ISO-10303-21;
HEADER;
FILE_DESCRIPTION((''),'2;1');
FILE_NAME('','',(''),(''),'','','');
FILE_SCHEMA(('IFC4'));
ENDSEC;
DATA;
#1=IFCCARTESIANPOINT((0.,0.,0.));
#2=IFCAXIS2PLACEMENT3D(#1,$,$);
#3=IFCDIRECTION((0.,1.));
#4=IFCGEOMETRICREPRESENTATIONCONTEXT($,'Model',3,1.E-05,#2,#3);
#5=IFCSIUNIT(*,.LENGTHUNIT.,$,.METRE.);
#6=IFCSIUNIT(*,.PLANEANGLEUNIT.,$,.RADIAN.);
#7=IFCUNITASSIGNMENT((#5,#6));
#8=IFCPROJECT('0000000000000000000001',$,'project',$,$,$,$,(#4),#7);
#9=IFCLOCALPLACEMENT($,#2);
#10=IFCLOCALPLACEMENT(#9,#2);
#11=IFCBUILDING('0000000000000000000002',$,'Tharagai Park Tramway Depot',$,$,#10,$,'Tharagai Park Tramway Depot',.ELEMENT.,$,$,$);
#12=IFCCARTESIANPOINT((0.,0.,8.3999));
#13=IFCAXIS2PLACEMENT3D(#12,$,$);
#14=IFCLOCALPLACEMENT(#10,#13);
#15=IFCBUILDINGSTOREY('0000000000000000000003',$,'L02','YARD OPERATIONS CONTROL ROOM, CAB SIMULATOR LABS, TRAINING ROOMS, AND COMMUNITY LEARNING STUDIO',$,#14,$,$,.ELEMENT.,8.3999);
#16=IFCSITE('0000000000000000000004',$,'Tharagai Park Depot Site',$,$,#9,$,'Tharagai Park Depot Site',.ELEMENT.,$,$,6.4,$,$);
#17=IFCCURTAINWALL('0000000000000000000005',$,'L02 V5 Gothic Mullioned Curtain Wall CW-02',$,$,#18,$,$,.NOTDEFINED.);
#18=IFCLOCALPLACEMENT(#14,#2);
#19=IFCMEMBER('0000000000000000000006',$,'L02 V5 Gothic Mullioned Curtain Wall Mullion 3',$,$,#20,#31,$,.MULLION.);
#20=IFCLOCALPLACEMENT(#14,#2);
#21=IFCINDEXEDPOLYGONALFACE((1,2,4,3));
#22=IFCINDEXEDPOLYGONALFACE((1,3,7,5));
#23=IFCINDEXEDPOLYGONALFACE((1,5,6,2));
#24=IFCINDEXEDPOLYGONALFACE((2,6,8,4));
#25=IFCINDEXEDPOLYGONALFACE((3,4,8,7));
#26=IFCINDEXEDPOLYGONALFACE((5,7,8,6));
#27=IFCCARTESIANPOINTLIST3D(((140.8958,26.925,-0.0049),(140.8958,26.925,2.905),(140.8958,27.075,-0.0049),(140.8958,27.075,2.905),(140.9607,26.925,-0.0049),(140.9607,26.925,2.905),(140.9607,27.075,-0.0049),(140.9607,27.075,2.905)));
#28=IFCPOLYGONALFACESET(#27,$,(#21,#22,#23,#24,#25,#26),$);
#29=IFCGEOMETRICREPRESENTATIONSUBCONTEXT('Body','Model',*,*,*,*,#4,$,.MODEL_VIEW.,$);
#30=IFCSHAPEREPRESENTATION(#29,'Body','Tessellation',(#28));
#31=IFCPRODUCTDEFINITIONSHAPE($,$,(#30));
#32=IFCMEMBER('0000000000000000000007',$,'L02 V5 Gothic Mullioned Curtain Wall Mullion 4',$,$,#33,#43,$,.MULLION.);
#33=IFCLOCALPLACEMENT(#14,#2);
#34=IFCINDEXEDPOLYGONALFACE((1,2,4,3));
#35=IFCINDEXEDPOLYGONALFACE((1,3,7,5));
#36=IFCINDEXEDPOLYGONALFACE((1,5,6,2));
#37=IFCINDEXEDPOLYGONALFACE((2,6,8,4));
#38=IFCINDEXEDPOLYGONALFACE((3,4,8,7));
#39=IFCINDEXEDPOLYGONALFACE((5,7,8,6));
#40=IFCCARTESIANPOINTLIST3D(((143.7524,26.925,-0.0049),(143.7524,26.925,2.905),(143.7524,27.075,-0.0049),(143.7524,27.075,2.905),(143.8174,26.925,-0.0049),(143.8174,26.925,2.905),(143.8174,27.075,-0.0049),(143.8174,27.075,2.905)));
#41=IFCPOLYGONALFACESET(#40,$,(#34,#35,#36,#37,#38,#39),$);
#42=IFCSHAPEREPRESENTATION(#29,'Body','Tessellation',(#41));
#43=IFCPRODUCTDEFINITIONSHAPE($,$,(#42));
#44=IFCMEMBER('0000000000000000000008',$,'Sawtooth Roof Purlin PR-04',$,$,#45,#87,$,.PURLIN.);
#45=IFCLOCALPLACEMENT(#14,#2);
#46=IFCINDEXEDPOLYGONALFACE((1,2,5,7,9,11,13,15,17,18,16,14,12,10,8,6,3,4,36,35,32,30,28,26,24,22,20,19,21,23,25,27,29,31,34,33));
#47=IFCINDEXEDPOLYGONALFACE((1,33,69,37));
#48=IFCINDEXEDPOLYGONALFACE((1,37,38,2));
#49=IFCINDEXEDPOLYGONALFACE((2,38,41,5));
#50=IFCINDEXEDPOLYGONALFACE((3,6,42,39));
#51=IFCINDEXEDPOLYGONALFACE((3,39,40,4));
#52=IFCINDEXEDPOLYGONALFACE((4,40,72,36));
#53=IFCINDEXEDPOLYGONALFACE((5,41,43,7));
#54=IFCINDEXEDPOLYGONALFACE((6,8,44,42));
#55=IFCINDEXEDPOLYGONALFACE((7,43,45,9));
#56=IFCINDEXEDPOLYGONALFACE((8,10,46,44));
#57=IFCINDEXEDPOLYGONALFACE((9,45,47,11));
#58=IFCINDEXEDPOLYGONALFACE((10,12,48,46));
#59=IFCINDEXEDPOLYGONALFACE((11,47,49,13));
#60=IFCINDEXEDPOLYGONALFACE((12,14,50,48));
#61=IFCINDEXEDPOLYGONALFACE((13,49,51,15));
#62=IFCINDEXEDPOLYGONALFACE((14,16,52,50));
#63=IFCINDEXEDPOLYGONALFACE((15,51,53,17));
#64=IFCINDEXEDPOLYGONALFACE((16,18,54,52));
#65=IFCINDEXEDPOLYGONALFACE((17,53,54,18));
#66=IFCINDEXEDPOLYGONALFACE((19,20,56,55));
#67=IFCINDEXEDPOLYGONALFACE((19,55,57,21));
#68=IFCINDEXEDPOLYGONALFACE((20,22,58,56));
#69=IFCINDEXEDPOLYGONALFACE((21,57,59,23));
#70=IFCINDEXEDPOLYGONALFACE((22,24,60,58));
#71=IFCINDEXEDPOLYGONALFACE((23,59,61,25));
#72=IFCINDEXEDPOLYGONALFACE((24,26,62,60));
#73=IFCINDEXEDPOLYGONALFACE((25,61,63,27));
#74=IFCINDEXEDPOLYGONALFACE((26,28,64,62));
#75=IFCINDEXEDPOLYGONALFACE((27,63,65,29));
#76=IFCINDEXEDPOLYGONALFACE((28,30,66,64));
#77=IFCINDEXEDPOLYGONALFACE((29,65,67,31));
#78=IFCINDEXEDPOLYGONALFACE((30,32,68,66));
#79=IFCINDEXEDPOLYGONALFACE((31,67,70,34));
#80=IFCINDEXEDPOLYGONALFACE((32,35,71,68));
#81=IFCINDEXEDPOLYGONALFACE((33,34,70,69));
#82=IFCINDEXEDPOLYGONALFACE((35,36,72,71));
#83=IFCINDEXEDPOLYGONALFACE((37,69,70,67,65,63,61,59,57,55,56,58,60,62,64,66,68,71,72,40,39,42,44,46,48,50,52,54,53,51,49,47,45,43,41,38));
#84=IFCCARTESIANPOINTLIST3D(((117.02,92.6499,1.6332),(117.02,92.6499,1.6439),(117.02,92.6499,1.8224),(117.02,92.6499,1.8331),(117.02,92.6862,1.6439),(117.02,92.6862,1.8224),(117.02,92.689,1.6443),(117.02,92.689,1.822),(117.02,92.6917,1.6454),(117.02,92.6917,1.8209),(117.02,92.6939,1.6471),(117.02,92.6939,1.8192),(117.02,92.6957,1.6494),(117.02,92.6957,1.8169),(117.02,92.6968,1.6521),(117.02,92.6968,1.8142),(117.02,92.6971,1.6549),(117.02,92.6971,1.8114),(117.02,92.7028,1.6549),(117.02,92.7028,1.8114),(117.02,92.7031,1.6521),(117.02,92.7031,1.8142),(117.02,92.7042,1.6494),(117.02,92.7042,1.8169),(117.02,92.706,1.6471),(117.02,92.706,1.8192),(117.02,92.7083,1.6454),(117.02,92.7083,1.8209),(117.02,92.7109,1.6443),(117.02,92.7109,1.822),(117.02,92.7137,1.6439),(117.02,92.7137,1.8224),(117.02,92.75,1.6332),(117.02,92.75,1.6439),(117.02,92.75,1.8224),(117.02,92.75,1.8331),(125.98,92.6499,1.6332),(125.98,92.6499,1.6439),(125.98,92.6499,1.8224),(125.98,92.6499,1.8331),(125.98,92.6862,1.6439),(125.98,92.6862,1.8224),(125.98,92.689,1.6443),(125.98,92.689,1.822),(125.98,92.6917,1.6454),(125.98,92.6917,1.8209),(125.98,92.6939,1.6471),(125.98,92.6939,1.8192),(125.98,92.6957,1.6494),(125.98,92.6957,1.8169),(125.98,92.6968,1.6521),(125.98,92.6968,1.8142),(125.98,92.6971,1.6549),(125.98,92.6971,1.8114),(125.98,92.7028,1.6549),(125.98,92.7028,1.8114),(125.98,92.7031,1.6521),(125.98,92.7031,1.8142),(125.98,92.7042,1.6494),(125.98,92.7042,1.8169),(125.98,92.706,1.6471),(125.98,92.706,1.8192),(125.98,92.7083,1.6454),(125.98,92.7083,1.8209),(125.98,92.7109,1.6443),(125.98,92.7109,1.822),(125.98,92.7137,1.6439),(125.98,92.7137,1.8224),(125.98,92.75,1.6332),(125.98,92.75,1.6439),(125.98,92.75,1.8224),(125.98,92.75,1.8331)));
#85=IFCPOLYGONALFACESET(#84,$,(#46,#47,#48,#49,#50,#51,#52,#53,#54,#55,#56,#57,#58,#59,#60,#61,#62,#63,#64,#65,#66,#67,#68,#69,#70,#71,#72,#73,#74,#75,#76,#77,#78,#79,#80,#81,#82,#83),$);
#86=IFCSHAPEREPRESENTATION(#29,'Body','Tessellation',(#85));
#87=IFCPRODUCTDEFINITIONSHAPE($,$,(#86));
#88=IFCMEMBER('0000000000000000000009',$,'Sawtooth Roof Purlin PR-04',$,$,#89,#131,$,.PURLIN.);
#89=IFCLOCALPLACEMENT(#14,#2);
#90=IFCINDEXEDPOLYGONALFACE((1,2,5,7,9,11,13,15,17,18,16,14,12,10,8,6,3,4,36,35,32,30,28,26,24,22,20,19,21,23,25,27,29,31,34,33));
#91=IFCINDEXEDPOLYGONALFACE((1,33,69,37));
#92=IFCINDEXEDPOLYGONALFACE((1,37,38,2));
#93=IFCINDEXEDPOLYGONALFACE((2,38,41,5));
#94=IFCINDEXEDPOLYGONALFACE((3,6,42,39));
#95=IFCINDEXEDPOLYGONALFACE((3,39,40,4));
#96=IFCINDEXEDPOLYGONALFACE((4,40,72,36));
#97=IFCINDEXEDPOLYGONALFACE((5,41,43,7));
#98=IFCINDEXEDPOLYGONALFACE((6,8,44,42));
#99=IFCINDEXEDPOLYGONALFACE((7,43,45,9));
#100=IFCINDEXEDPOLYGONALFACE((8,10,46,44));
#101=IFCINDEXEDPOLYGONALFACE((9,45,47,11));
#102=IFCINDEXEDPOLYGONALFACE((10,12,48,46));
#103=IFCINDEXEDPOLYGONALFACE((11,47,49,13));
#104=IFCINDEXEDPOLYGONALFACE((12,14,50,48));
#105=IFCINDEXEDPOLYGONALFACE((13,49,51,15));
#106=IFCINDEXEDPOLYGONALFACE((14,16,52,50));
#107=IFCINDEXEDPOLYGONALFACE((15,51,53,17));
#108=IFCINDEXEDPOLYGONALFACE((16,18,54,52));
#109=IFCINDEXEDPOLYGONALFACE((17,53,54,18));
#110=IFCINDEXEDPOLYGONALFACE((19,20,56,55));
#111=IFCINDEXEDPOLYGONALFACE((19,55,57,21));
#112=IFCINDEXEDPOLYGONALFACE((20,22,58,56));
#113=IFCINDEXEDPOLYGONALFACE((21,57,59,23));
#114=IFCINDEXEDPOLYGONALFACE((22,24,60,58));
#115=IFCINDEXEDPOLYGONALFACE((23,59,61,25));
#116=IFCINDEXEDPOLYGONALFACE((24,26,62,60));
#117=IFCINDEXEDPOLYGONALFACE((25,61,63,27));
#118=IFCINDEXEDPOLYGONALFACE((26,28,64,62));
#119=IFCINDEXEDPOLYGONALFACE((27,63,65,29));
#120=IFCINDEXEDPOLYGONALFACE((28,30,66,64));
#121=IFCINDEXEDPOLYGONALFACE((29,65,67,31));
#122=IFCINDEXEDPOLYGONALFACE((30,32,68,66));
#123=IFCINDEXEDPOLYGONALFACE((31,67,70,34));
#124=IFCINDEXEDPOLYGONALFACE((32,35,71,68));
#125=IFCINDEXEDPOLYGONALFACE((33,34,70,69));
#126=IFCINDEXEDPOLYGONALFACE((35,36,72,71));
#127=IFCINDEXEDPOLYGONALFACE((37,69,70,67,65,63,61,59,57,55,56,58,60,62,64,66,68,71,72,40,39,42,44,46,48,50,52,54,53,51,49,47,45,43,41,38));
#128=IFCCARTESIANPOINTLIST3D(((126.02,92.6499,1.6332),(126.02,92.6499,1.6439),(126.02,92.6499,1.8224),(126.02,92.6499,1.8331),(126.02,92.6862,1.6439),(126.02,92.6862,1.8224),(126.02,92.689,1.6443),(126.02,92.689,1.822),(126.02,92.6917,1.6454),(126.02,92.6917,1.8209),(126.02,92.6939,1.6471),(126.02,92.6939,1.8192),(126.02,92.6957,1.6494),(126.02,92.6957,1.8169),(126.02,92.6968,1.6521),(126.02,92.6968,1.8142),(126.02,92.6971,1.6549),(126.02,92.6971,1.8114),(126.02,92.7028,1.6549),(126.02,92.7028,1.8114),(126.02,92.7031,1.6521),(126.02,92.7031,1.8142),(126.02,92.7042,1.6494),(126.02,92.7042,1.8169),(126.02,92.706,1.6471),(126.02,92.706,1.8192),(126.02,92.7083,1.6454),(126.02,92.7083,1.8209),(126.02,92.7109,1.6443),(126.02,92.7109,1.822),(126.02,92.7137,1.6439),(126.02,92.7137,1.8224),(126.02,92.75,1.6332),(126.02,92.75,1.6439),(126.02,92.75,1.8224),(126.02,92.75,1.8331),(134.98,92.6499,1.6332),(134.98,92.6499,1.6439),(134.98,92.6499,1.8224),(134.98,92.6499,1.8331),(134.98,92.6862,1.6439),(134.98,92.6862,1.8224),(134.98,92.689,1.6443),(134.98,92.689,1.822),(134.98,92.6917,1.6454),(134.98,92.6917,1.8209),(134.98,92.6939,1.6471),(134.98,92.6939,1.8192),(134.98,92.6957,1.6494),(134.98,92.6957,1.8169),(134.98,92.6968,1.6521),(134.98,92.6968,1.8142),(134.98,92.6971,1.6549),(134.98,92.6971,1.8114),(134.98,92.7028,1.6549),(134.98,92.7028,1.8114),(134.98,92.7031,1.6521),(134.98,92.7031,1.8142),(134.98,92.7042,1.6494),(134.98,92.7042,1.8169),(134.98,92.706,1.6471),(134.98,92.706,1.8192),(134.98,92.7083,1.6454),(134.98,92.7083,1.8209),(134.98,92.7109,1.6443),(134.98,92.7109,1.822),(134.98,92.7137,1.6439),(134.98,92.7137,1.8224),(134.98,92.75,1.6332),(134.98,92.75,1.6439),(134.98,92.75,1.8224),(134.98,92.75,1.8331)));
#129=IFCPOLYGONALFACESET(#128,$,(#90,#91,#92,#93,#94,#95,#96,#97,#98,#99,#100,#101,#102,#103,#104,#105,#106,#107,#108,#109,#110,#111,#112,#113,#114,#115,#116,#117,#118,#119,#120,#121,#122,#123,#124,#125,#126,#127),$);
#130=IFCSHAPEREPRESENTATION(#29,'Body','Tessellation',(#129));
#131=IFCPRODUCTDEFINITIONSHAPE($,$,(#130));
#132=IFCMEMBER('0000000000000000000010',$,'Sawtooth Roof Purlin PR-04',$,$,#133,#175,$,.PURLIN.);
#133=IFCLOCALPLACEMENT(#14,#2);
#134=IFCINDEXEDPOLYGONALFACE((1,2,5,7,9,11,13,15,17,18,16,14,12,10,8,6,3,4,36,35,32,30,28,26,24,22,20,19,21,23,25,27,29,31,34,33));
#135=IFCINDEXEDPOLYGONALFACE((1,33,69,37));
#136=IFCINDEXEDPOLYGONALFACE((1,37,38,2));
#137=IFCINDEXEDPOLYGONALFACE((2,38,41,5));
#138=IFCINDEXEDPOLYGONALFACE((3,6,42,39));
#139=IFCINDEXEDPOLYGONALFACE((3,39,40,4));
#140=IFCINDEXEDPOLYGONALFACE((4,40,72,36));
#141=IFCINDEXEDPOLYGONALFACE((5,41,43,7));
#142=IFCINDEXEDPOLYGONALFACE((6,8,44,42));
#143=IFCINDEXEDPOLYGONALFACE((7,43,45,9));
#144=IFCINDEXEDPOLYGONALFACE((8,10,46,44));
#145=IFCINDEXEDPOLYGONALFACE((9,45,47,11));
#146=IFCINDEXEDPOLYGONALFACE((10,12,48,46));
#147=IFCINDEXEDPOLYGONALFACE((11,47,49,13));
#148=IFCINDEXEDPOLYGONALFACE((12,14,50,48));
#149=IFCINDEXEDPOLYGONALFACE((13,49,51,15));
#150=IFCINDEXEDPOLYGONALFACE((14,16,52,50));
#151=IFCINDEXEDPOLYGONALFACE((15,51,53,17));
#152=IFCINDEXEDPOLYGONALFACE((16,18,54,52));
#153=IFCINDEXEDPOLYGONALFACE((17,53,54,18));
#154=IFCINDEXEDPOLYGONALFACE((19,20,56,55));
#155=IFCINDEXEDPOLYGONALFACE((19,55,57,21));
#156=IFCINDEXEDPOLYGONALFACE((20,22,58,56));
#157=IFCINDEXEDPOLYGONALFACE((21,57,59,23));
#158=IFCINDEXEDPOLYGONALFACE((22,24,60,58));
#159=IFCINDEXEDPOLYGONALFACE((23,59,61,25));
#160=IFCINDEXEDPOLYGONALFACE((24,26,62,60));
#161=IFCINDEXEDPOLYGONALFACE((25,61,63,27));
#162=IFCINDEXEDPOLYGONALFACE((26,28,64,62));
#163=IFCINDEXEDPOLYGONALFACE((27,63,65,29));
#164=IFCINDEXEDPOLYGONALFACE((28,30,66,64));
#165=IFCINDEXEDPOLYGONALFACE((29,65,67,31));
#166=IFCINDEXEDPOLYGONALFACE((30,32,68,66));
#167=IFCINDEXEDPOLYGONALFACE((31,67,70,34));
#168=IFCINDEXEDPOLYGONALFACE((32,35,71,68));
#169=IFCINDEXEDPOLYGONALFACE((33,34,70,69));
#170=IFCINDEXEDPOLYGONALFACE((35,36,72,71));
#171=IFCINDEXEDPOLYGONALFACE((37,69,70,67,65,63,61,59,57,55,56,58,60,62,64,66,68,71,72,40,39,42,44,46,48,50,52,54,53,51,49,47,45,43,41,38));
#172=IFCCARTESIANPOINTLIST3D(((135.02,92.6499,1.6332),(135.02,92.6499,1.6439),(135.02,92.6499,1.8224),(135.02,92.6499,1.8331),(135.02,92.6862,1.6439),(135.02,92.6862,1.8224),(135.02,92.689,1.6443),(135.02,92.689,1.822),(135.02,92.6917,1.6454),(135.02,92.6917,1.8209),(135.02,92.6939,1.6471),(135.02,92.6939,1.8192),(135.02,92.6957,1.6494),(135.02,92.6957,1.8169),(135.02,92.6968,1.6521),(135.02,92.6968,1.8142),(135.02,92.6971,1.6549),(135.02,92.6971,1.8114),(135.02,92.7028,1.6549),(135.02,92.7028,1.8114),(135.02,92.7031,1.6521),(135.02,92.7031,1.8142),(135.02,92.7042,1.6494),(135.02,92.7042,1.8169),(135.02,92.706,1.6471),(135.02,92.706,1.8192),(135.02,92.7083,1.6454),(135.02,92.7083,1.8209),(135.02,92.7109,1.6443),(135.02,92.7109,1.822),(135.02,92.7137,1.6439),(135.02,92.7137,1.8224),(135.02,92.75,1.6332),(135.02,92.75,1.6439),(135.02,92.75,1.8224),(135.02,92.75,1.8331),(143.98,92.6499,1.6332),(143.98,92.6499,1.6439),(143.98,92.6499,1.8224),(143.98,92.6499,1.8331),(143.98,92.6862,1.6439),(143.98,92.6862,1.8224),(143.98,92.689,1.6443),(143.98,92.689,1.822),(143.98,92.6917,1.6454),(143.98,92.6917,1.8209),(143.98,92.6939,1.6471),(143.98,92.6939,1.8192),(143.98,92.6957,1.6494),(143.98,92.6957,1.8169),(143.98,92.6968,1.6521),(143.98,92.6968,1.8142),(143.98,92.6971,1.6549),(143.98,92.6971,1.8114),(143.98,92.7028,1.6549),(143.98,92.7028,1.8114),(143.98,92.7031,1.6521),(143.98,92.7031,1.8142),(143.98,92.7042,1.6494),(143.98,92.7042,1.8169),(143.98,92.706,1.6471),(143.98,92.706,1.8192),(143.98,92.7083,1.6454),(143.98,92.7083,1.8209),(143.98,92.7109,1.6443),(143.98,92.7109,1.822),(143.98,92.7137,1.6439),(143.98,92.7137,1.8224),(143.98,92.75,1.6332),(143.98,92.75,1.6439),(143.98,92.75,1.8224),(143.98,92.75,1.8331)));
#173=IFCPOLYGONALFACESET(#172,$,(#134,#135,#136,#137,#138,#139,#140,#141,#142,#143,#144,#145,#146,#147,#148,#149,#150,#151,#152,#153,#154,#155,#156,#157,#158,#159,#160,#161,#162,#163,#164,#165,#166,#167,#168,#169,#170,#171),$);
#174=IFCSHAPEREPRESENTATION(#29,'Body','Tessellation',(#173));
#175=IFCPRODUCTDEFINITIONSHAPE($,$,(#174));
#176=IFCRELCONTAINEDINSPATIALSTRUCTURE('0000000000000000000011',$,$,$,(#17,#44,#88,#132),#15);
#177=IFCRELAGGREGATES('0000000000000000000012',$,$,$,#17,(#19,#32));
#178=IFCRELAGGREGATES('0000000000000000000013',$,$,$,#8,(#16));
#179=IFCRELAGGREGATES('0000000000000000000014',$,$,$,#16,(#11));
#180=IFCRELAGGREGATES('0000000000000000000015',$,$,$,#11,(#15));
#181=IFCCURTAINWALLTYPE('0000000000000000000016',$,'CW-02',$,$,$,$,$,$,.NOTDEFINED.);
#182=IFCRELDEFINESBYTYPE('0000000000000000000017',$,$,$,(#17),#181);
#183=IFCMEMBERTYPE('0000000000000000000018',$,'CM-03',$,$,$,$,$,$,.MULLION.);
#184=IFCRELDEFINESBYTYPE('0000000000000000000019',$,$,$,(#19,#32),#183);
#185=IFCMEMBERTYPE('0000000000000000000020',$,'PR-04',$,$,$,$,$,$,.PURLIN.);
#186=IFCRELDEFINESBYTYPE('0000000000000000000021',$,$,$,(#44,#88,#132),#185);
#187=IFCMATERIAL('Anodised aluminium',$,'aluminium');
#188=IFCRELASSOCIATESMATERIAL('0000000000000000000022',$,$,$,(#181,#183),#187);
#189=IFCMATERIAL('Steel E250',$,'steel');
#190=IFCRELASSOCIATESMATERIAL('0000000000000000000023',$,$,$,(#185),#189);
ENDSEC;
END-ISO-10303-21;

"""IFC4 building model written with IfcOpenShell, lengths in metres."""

from ifc_helpers import new_model, si_unit, direction, frame, origin, origin_2d, place, context, subcontext, project, spatial, rectangle, i_section, extrude, material, material_profile, profile_set, type_object, element, aggregate, save


model = new_model("IFC4")

# Units and contexts
model_context = context("Model", 3, precision=1e-05, world=origin(), true_north=direction((0.0, 1.0)))
body_context = subcontext(model_context, "Body", "Model", "MODEL_VIEW")
ifc_project = project(units=[si_unit("LENGTHUNIT", "METRE"), si_unit("PLANEANGLEUNIT", "RADIAN")], contexts=[model_context])

# Site, building, storey
site_placement = place(None, origin())
site = spatial("IfcSite", under=ifc_project, at=site_placement, Name="Tharagai Park Depot Site", LongName="Tharagai Park Depot Site", CompositionType="ELEMENT", RefElevation=6.4)
building_placement = place(site_placement, origin())
building = spatial("IfcBuilding", under=site, at=building_placement, Name="Tharagai Park Tramway Depot", LongName="Tharagai Park Tramway Depot", CompositionType="ELEMENT")
storey_placement = place(building_placement, frame((0.0, 0.0, 8.3999)))
storey = spatial("IfcBuildingStorey", under=building, at=storey_placement, Name="L02", Description="YARD OPERATIONS CONTROL ROOM, CAB SIMULATOR LABS, TRAINING ROOMS, AND COMMUNITY LEARNING STUDIO", CompositionType="ELEMENT", Elevation=8.3999)

# Curtain wall, members
ifc_material_1 = material(Name="Anodised aluminium", Category="aluminium")
curtain_wall_type = type_object("IfcCurtainWallType", Name="CW-02", PredefinedType="NOTDEFINED", material=ifc_material_1)
curtain_wall_placement = place(storey_placement, origin())
curtain_wall = element("IfcCurtainWall", 1, at=curtain_wall_placement, inside=storey, type_object=curtain_wall_type, Name="L02 V5 Gothic Mullioned Curtain Wall CW-02", PredefinedType="NOTDEFINED")
ifc_material_profile_1 = material_profile(ifc_material_1, rectangle(XDim=0.0649, YDim=0.1499, at=origin_2d()), Name="ALU 65x150")
ifc_profile_set_1 = profile_set([ifc_material_profile_1], Name="Anodised aluminium")
member_type_1 = type_object("IfcMemberType", Name="CM-03", PredefinedType="MULLION", material=ifc_profile_set_1)
member_1_placement = place(storey_placement, frame((140.9282, 27.0, -0.0049), z_axis=(0.0, 0.0, 1.0), x_axis=(1.0, 0.0, 0.0)))
member_1 = element("IfcMember", 2, at=member_1_placement, type_object=member_type_1, Name="L02 V5 Gothic Mullioned Curtain Wall Mullion 3", PredefinedType="MULLION", context=body_context, shape_type="SweptSolid", body=[
    extrude(rectangle(XDim=0.0649, YDim=0.1499, at=origin_2d()), origin(), (0.0, 0.0, 1.0), 2.9099),
])
member_2_placement = place(storey_placement, frame((143.7849, 27.0, -0.0049), z_axis=(0.0, 0.0, 1.0), x_axis=(1.0, 0.0, 0.0)))
member_2 = element("IfcMember", 3, at=member_2_placement, type_object=member_type_1, Name="L02 V5 Gothic Mullioned Curtain Wall Mullion 4", PredefinedType="MULLION", context=body_context, shape_type="SweptSolid", body=[
    extrude(rectangle(XDim=0.0649, YDim=0.1499, at=origin_2d()), origin(), (0.0, 0.0, 1.0), 2.9099),
])

# Members
ifc_material_2 = material(Name="Steel E250", Category="steel")
ifc_material_profile_2 = material_profile(ifc_material_2, i_section(OverallWidth=0.1001, OverallDepth=0.2, WebThickness=0.0056, FlangeThickness=0.0107, FilletRadius=0.011, at=origin_2d()), Name="ISMB 200")
ifc_profile_set_2 = profile_set([ifc_material_profile_2], Name="Steel E250")
member_type_2 = type_object("IfcMemberType", Name="PR-04", PredefinedType="PURLIN", material=ifc_profile_set_2)
for number, where, z_axis, x_axis, name in (
    (4, (117.02, 92.7, 1.7332), (1.0, 0.0, 0.0), (0.0, 1.0, 0.0), "Sawtooth Roof Purlin PR-04"),
    (5, (126.02, 92.7, 1.7332), (1.0, 0.0, 0.0), (0.0, 1.0, 0.0), "Sawtooth Roof Purlin PR-04"),
    (6, (135.02, 92.7, 1.7332), (1.0, 0.0, 0.0), (0.0, 1.0, 0.0), "Sawtooth Roof Purlin PR-04"),
):
    element("IfcMember", number, at=place(storey_placement, frame(where, z_axis=z_axis, x_axis=x_axis)), inside=storey, type_object=member_type_2, Name=name, PredefinedType="PURLIN", context=body_context, shape_type="SweptSolid", body=[
        extrude(i_section(OverallWidth=0.1001, OverallDepth=0.2, WebThickness=0.0056, FlangeThickness=0.0107, FilletRadius=0.011, at=origin_2d()), origin(), (0.0, 0.0, 1.0), 8.96),
    ])

aggregate(curtain_wall, [member_1, member_2])

save(model, "model.ifc")
